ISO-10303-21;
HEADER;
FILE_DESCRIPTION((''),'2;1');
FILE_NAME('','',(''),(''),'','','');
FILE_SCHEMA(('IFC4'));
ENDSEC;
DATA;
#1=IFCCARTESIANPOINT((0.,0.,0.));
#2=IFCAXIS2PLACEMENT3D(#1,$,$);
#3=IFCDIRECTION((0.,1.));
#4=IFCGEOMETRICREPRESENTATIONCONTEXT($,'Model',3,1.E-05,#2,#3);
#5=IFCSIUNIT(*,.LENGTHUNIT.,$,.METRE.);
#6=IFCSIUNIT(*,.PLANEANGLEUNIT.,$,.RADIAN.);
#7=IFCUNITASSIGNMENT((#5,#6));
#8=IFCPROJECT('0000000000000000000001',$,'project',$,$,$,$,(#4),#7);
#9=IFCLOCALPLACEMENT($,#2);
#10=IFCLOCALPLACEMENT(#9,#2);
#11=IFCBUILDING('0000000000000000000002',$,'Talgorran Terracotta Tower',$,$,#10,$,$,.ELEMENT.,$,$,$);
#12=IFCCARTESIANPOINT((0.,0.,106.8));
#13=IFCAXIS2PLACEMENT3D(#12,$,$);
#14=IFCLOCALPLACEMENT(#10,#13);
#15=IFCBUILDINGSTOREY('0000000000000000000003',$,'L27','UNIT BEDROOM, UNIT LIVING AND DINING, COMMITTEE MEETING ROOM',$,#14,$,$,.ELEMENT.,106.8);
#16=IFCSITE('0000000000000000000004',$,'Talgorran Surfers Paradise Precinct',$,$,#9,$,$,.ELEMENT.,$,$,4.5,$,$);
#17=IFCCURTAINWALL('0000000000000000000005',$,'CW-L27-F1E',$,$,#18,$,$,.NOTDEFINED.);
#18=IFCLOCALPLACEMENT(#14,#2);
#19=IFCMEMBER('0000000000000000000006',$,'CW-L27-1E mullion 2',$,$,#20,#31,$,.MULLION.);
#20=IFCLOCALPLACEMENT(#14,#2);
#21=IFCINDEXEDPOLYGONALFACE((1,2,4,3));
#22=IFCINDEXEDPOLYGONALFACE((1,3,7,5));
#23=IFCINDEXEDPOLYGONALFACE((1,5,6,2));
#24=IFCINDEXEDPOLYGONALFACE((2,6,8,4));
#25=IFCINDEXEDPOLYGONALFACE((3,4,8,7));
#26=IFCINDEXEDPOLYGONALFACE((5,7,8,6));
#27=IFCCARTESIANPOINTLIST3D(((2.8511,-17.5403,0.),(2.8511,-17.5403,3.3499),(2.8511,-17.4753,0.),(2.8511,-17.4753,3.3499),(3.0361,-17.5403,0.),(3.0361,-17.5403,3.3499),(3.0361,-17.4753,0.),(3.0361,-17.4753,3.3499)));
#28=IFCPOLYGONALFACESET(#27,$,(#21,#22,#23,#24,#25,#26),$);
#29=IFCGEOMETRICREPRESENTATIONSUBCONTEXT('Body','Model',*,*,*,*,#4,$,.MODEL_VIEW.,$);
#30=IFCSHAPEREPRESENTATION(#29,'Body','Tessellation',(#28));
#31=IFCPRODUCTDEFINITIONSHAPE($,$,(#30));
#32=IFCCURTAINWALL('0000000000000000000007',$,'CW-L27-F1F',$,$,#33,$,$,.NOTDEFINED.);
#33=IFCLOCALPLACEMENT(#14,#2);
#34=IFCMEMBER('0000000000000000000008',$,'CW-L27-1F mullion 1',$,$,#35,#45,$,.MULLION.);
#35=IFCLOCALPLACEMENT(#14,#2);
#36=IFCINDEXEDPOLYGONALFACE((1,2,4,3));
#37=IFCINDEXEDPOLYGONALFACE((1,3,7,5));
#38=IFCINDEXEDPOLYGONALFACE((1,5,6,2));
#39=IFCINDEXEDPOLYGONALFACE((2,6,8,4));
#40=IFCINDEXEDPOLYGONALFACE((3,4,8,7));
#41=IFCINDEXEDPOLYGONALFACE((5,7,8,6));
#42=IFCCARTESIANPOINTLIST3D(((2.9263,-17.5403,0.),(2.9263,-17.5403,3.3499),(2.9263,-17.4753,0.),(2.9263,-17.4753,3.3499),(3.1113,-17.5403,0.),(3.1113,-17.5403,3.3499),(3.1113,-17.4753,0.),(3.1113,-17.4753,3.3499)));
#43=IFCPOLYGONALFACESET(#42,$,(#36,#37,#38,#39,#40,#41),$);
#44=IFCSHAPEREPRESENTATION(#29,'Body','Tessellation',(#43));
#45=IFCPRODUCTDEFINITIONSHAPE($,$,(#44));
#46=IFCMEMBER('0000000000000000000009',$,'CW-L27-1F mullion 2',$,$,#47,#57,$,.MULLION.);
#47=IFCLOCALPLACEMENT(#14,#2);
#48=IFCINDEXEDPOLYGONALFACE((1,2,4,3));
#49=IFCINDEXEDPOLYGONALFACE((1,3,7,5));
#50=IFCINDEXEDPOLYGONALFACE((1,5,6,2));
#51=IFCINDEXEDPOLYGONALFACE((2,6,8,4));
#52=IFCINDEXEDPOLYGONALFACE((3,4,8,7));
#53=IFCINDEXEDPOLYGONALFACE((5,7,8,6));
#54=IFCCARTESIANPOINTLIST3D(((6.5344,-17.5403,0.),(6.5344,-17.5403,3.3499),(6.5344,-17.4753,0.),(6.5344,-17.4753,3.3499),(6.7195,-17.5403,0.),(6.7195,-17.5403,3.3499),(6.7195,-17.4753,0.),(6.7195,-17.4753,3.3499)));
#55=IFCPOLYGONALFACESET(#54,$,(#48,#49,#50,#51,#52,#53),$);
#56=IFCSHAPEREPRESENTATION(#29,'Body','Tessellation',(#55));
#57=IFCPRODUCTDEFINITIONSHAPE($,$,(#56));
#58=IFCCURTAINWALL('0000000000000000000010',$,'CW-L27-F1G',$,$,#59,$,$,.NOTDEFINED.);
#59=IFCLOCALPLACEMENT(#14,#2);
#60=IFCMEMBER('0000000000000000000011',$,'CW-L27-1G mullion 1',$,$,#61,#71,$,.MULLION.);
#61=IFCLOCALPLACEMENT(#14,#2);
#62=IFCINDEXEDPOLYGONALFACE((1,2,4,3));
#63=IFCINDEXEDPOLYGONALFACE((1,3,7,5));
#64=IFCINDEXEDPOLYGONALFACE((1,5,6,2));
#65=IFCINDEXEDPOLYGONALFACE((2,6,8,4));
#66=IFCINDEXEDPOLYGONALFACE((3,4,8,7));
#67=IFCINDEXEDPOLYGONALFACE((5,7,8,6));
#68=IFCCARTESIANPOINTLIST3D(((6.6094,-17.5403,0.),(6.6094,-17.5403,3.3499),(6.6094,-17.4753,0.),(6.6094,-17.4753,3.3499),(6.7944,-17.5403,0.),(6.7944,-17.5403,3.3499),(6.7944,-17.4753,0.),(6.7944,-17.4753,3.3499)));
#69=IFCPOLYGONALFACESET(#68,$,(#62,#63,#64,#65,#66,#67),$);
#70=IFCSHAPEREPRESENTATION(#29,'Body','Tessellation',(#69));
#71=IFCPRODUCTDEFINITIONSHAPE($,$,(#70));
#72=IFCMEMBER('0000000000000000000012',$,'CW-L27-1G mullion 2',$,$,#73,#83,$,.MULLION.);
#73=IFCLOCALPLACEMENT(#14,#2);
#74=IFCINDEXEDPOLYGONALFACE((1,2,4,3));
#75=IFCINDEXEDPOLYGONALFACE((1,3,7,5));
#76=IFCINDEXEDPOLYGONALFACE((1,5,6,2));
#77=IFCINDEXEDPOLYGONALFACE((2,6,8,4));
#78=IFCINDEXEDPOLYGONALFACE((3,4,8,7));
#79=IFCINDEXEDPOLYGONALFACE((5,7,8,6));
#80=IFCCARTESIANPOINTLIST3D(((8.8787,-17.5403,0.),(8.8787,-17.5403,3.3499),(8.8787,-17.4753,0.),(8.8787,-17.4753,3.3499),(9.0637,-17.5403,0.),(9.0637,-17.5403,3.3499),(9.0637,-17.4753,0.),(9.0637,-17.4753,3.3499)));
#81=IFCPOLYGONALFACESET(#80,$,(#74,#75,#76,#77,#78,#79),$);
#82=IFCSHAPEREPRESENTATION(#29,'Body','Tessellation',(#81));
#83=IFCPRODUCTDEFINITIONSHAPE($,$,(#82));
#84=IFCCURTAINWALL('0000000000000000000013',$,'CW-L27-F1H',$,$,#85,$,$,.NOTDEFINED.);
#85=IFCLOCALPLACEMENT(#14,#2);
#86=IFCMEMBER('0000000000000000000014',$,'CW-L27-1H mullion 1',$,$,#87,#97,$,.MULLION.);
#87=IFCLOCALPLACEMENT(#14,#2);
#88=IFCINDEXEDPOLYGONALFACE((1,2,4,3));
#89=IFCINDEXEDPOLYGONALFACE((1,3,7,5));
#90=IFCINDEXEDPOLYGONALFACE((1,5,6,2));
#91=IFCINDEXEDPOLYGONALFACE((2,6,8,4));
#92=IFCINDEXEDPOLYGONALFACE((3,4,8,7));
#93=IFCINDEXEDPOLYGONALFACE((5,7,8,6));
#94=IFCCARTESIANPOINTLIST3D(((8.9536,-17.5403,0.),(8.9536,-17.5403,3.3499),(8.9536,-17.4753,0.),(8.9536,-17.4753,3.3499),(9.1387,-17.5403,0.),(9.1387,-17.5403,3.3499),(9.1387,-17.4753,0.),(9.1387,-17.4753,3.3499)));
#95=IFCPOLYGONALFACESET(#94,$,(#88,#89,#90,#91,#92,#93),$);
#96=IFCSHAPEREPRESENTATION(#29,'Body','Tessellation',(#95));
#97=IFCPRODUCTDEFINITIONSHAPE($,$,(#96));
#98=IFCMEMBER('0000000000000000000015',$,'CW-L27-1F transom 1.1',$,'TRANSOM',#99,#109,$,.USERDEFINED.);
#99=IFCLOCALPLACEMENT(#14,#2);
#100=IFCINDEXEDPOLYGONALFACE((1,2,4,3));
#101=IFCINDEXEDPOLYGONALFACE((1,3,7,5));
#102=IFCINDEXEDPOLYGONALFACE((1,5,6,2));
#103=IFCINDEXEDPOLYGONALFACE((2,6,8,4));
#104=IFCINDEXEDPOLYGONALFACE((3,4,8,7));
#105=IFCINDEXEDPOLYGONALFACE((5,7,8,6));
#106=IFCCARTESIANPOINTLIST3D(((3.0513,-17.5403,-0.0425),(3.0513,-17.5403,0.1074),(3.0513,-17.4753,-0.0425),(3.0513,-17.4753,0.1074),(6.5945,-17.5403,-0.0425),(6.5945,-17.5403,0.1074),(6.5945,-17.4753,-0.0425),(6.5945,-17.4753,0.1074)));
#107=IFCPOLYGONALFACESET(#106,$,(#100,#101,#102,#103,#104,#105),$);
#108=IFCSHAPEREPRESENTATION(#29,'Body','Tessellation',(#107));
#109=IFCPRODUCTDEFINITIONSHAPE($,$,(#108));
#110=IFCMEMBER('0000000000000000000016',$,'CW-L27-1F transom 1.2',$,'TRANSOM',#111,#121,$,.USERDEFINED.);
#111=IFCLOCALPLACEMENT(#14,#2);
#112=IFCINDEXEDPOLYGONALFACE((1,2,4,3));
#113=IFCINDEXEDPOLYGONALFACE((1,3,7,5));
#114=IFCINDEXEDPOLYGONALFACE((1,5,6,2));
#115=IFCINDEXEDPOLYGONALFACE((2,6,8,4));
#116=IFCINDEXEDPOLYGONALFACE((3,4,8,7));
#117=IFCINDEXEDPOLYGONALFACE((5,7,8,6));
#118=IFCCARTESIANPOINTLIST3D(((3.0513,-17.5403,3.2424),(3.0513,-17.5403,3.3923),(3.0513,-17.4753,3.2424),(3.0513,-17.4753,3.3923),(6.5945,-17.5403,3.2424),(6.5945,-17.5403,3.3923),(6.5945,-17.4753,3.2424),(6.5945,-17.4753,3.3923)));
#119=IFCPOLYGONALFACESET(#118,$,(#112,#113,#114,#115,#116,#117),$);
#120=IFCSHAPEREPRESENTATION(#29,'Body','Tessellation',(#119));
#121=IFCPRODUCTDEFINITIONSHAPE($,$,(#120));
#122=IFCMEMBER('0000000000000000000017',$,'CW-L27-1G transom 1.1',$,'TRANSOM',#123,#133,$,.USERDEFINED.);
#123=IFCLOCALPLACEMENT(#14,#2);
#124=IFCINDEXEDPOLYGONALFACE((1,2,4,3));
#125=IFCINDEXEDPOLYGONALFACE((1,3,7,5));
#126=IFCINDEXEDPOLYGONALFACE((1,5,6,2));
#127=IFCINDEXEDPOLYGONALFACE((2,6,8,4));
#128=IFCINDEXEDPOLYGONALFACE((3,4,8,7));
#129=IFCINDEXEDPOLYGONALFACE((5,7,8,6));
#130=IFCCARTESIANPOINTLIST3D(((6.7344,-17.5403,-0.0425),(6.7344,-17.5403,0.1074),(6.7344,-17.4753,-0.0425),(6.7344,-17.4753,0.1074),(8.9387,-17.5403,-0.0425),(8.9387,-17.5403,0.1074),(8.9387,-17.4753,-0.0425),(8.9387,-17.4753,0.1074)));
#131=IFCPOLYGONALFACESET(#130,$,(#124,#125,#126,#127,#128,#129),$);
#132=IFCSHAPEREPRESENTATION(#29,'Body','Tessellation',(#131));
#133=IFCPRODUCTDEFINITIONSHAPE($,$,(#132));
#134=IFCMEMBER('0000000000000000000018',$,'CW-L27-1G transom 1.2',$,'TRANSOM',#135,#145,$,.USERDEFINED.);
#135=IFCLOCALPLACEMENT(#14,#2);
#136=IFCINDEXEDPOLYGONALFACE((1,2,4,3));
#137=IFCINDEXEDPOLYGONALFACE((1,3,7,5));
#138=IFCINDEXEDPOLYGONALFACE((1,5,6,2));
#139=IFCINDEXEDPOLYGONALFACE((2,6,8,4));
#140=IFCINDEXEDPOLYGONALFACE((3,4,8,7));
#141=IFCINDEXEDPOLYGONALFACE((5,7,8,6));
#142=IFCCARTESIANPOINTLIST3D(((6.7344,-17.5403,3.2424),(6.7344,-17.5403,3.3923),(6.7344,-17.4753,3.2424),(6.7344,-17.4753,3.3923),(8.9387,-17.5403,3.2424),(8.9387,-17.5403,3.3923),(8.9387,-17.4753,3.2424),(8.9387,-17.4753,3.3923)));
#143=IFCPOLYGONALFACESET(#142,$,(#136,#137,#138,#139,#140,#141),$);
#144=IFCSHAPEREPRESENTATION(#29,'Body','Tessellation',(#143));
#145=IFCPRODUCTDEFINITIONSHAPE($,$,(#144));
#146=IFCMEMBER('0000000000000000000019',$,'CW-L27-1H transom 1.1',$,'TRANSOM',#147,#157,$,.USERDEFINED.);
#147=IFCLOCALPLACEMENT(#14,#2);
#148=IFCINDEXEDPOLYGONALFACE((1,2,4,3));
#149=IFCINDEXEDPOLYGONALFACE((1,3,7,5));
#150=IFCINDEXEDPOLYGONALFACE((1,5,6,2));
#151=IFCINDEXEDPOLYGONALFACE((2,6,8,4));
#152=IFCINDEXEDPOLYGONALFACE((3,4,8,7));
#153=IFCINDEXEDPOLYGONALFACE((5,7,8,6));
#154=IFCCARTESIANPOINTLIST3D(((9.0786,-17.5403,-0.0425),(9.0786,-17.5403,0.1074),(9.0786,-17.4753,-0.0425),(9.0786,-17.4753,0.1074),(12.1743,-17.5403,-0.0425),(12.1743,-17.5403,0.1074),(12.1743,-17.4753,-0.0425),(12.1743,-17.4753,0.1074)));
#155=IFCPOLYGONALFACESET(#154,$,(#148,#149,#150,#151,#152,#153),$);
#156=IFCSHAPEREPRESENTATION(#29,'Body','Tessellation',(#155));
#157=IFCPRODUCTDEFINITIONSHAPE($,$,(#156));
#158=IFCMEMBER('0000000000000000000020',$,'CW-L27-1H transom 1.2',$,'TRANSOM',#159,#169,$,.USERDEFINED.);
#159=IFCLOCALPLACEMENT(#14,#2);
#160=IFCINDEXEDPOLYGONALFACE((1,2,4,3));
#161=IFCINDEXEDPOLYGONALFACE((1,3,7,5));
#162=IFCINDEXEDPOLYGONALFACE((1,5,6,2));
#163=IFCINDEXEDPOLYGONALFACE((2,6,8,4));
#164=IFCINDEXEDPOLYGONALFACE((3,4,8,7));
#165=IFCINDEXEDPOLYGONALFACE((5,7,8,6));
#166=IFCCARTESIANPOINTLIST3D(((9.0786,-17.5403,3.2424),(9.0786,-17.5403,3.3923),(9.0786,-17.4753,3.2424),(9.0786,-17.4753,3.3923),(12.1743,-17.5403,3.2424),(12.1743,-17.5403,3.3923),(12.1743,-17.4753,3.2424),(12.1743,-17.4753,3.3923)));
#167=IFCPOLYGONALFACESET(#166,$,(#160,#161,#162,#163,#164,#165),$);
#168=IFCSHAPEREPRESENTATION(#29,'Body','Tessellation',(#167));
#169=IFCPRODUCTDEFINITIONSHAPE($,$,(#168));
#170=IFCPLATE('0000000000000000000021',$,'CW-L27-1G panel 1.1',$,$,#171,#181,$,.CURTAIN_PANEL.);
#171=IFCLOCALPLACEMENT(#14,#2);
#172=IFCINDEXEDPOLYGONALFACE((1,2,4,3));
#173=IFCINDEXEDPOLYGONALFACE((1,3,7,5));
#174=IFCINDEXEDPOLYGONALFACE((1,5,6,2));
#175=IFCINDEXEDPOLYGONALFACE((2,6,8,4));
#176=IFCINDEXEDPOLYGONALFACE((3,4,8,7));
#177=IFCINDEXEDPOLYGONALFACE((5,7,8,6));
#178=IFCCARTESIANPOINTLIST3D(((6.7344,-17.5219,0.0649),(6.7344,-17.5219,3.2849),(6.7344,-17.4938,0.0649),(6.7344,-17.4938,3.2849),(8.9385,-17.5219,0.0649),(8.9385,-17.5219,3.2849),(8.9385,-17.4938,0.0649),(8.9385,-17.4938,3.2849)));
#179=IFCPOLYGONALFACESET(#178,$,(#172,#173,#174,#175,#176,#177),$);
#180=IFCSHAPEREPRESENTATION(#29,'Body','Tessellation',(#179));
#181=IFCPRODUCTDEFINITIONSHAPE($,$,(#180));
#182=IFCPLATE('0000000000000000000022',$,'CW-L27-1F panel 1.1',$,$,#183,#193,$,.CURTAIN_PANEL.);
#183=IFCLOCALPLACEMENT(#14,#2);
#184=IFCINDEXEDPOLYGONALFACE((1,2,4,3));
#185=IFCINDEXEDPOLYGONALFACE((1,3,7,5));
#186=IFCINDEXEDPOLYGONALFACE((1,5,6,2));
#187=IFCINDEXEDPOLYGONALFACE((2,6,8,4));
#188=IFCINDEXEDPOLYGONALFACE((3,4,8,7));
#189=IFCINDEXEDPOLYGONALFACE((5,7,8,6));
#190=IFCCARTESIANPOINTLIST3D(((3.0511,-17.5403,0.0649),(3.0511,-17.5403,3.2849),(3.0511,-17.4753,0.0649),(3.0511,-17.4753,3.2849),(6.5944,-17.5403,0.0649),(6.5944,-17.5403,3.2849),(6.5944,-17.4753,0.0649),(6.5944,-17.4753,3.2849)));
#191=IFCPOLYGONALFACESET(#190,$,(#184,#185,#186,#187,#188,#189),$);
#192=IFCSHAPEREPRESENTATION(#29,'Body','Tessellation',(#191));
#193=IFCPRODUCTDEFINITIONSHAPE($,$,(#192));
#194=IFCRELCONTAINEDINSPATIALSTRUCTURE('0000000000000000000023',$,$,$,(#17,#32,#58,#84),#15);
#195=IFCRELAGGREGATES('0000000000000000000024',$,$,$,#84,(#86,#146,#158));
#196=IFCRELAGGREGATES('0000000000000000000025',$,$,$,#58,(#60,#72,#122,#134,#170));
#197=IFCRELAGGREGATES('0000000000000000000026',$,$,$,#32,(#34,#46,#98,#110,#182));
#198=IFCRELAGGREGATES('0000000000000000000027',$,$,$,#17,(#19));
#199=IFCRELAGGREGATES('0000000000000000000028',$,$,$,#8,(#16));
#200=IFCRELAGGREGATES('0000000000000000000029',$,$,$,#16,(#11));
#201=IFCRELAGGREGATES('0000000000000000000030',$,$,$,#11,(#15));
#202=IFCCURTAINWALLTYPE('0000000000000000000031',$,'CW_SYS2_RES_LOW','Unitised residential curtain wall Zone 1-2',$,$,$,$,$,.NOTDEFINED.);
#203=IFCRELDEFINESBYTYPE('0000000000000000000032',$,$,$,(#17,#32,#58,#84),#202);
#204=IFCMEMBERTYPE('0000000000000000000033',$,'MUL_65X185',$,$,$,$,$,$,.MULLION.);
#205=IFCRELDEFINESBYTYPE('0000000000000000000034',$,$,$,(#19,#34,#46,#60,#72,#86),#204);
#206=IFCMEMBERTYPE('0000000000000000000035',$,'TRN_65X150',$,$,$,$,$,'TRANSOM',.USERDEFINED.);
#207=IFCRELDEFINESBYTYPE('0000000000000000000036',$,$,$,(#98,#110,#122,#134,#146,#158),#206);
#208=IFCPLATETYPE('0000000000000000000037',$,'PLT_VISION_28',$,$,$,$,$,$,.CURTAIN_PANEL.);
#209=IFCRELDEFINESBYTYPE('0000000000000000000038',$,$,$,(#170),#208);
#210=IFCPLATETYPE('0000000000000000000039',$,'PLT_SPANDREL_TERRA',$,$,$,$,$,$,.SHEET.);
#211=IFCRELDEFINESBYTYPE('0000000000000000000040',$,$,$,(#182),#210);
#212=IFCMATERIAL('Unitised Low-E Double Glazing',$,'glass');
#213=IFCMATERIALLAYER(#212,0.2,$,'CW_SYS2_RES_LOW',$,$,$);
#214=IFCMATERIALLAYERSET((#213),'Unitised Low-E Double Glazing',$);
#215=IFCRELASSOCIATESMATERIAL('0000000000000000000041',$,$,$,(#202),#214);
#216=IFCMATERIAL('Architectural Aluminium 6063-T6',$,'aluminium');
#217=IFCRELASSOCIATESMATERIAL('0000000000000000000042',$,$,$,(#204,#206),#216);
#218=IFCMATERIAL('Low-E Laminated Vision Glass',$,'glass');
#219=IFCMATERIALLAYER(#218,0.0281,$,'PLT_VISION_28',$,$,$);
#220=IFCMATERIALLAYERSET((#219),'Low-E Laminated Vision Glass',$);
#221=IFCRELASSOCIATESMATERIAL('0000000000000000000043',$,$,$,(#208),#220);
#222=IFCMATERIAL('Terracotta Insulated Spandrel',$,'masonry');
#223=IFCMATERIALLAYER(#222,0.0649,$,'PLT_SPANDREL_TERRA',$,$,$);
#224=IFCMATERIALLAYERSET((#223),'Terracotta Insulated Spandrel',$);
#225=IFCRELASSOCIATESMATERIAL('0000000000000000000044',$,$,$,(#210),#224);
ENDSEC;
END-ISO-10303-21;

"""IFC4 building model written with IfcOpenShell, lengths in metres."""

from ifc_helpers import new_model, si_unit, direction, frame, origin, origin_2d, place, context, subcontext, project, spatial, rectangle, extrude, source, transform, mapped, material, layer, layer_set, material_profile, profile_set, type_object, type_shapes, element, aggregate, save


model = new_model("IFC4")

# Units and contexts
model_context = context("Model", 3, precision=1e-05, world=origin(), true_north=direction((0.0, 1.0)))
body_context = subcontext(model_context, "Body", "Model", "MODEL_VIEW")
ifc_project = project(units=[si_unit("LENGTHUNIT", "METRE"), si_unit("PLANEANGLEUNIT", "RADIAN")], contexts=[model_context])

# Site, building, storey
site_placement = place(None, origin())
site = spatial("IfcSite", under=ifc_project, at=site_placement, Name="Talgorran Surfers Paradise Precinct", CompositionType="ELEMENT", RefElevation=4.5)
building_placement = place(site_placement, origin())
building = spatial("IfcBuilding", under=site, at=building_placement, Name="Talgorran Terracotta Tower", CompositionType="ELEMENT")
storey_placement = place(building_placement, frame((0.0, 0.0, 106.8)))
storey = spatial("IfcBuildingStorey", under=building, at=storey_placement, Name="L27", Description="UNIT BEDROOM, UNIT LIVING AND DINING, COMMITTEE MEETING ROOM", CompositionType="ELEMENT", Elevation=106.8)

# Curtain wall, member
ifc_material_1 = material(Name="Unitised Low-E Double Glazing", Category="glass")
ifc_layer_1 = layer(ifc_material_1, 0.2, Name="CW_SYS2_RES_LOW")
ifc_layer_set_1 = layer_set([ifc_layer_1], Name="Unitised Low-E Double Glazing")
curtain_wall_type = type_object("IfcCurtainWallType", Name="CW_SYS2_RES_LOW", Description="Unitised residential curtain wall Zone 1-2", PredefinedType="NOTDEFINED", material=ifc_layer_set_1)
curtain_wall_1_placement = place(storey_placement, origin())
curtain_wall_1 = element("IfcCurtainWall", 1, at=curtain_wall_1_placement, inside=storey, type_object=curtain_wall_type, Name="CW-L27-F1E", PredefinedType="NOTDEFINED")
ifc_material_2 = material(Name="Architectural Aluminium 6063-T6", Category="aluminium")
ifc_material_profile_1 = material_profile(ifc_material_2, rectangle(XDim=0.0649, YDim=0.1851, at=origin_2d()), Name="CWM65X185")
ifc_profile_set_1 = profile_set([ifc_material_profile_1], Name="Architectural Aluminium 6063-T6")
member_type_1 = type_object("IfcMemberType", Name="MUL_65X185", PredefinedType="MULLION", material=ifc_profile_set_1)
member_1_placement = place(storey_placement, frame((2.9436, -17.5078, 0.0), z_axis=(0.0, 0.0, 1.0), x_axis=(0.0, 1.0, 0.0)))
member_1 = element("IfcMember", 2, at=member_1_placement, type_object=member_type_1, Name="CW-L27-1E mullion 2", PredefinedType="MULLION", context=body_context, shape_type="SweptSolid", body=[
    extrude(rectangle(XDim=0.0649, YDim=0.1851, at=origin_2d()), origin(), (0.0, 0.0, 1.0), 3.3499),
])

# Curtain walls, members
curtain_wall_2_placement = place(storey_placement, origin())
curtain_wall_2 = element("IfcCurtainWall", 3, at=curtain_wall_2_placement, inside=storey, type_object=curtain_wall_type, Name="CW-L27-F1F", PredefinedType="NOTDEFINED")
member_2_placement = place(storey_placement, frame((3.0188, -17.5078, 0.0), z_axis=(0.0, 0.0, 1.0), x_axis=(0.0, 1.0, 0.0)))
member_2 = element("IfcMember", 4, at=member_2_placement, type_object=member_type_1, Name="CW-L27-1F mullion 1", PredefinedType="MULLION", context=body_context, shape_type="SweptSolid", body=[
    extrude(rectangle(XDim=0.0649, YDim=0.1851, at=origin_2d()), origin(), (0.0, 0.0, 1.0), 3.3499),
])
member_3_placement = place(storey_placement, frame((6.627, -17.5078, 0.0), z_axis=(0.0, 0.0, 1.0), x_axis=(0.0, 1.0, 0.0)))
member_3 = element("IfcMember", 5, at=member_3_placement, type_object=member_type_1, Name="CW-L27-1F mullion 2", PredefinedType="MULLION", context=body_context, shape_type="SweptSolid", body=[
    extrude(rectangle(XDim=0.0649, YDim=0.1851, at=origin_2d()), origin(), (0.0, 0.0, 1.0), 3.3499),
])
curtain_wall_3_placement = place(storey_placement, origin())
curtain_wall_3 = element("IfcCurtainWall", 6, at=curtain_wall_3_placement, inside=storey, type_object=curtain_wall_type, Name="CW-L27-F1G", PredefinedType="NOTDEFINED")
member_4_placement = place(storey_placement, frame((6.7019, -17.5078, 0.0), z_axis=(0.0, 0.0, 1.0), x_axis=(0.0, 1.0, 0.0)))
member_4 = element("IfcMember", 7, at=member_4_placement, type_object=member_type_1, Name="CW-L27-1G mullion 1", PredefinedType="MULLION", context=body_context, shape_type="SweptSolid", body=[
    extrude(rectangle(XDim=0.0649, YDim=0.1851, at=origin_2d()), origin(), (0.0, 0.0, 1.0), 3.3499),
])
member_5_placement = place(storey_placement, frame((8.9712, -17.5078, 0.0), z_axis=(0.0, 0.0, 1.0), x_axis=(0.0, 1.0, 0.0)))
member_5 = element("IfcMember", 8, at=member_5_placement, type_object=member_type_1, Name="CW-L27-1G mullion 2", PredefinedType="MULLION", context=body_context, shape_type="SweptSolid", body=[
    extrude(rectangle(XDim=0.0649, YDim=0.1851, at=origin_2d()), origin(), (0.0, 0.0, 1.0), 3.3499),
])

# Curtain wall, member
curtain_wall_4_placement = place(storey_placement, origin())
curtain_wall_4 = element("IfcCurtainWall", 9, at=curtain_wall_4_placement, inside=storey, type_object=curtain_wall_type, Name="CW-L27-F1H", PredefinedType="NOTDEFINED")
member_6_placement = place(storey_placement, frame((9.0461, -17.5078, 0.0), z_axis=(0.0, 0.0, 1.0), x_axis=(0.0, 1.0, 0.0)))
member_6 = element("IfcMember", 10, at=member_6_placement, type_object=member_type_1, Name="CW-L27-1H mullion 1", PredefinedType="MULLION", context=body_context, shape_type="SweptSolid", body=[
    extrude(rectangle(XDim=0.0649, YDim=0.1851, at=origin_2d()), origin(), (0.0, 0.0, 1.0), 3.3499),
])

# Members
ifc_material_profile_2 = material_profile(ifc_material_2, rectangle(XDim=0.0649, YDim=0.1499, at=origin_2d()), Name="CWT65X150")
ifc_profile_set_2 = profile_set([ifc_material_profile_2], Name="Architectural Aluminium 6063-T6")
member_type_2 = type_object("IfcMemberType", Name="TRN_65X150", ElementType="TRANSOM", PredefinedType="USERDEFINED", material=ifc_profile_set_2)
member_7_placement = place(storey_placement, frame((3.0513, -17.5078, 0.0325), z_axis=(1.0, 0.0, 0.0), x_axis=(0.0, 1.0, 0.0)))
member_7 = element("IfcMember", 11, at=member_7_placement, type_object=member_type_2, Name="CW-L27-1F transom 1.1", ObjectType="TRANSOM", PredefinedType="USERDEFINED", context=body_context, shape_type="SweptSolid", body=[
    extrude(rectangle(XDim=0.0649, YDim=0.1499, at=origin_2d()), origin(), (0.0, 0.0, 1.0), 3.5432),
])
member_8_placement = place(storey_placement, frame((3.0513, -17.5078, 3.3174), z_axis=(1.0, 0.0, 0.0), x_axis=(0.0, 1.0, 0.0)))
member_8 = element("IfcMember", 12, at=member_8_placement, type_object=member_type_2, Name="CW-L27-1F transom 1.2", ObjectType="TRANSOM", PredefinedType="USERDEFINED", context=body_context, shape_type="SweptSolid", body=[
    extrude(rectangle(XDim=0.0649, YDim=0.1499, at=origin_2d()), origin(), (0.0, 0.0, 1.0), 3.5432),
])
member_9_placement = place(storey_placement, frame((6.7344, -17.5078, 0.0325), z_axis=(1.0, 0.0, 0.0), x_axis=(0.0, 1.0, 0.0)))
member_9 = element("IfcMember", 13, at=member_9_placement, type_object=member_type_2, Name="CW-L27-1G transom 1.1", ObjectType="TRANSOM", PredefinedType="USERDEFINED", context=body_context, shape_type="SweptSolid", body=[
    extrude(rectangle(XDim=0.0649, YDim=0.1499, at=origin_2d()), origin(), (0.0, 0.0, 1.0), 2.2043),
])
member_10_placement = place(storey_placement, frame((6.7344, -17.5078, 3.3174), z_axis=(1.0, 0.0, 0.0), x_axis=(0.0, 1.0, 0.0)))
member_10 = element("IfcMember", 14, at=member_10_placement, type_object=member_type_2, Name="CW-L27-1G transom 1.2", ObjectType="TRANSOM", PredefinedType="USERDEFINED", context=body_context, shape_type="SweptSolid", body=[
    extrude(rectangle(XDim=0.0649, YDim=0.1499, at=origin_2d()), origin(), (0.0, 0.0, 1.0), 2.2043),
])
member_11_placement = place(storey_placement, frame((9.0786, -17.5078, 0.0325), z_axis=(1.0, 0.0, 0.0), x_axis=(0.0, 1.0, 0.0)))
member_11 = element("IfcMember", 15, at=member_11_placement, type_object=member_type_2, Name="CW-L27-1H transom 1.1", ObjectType="TRANSOM", PredefinedType="USERDEFINED", context=body_context, shape_type="SweptSolid", body=[
    extrude(rectangle(XDim=0.0649, YDim=0.1499, at=origin_2d()), origin(), (0.0, 0.0, 1.0), 3.0957),
])
member_12_placement = place(storey_placement, frame((9.0786, -17.5078, 3.3174), z_axis=(1.0, 0.0, 0.0), x_axis=(0.0, 1.0, 0.0)))
member_12 = element("IfcMember", 16, at=member_12_placement, type_object=member_type_2, Name="CW-L27-1H transom 1.2", ObjectType="TRANSOM", PredefinedType="USERDEFINED", context=body_context, shape_type="SweptSolid", body=[
    extrude(rectangle(XDim=0.0649, YDim=0.1499, at=origin_2d()), origin(), (0.0, 0.0, 1.0), 3.0957),
])
aggregate(curtain_wall_4, [member_6, member_11, member_12])

# Plates
ifc_material_3 = material(Name="Low-E Laminated Vision Glass", Category="glass")
ifc_layer_2 = layer(ifc_material_3, 0.0281, Name="PLT_VISION_28")
ifc_layer_set_2 = layer_set([ifc_layer_2], Name="Low-E Laminated Vision Glass")
plate_type_1 = type_object("IfcPlateType", Name="PLT_VISION_28", PredefinedType="CURTAIN_PANEL", material=ifc_layer_set_2)
shared_shape_1 = source(origin(), body_context, "Body", "SweptSolid", [
    extrude(rectangle(XDim=2.2041, YDim=0.0281, at=origin_2d()), origin(), (0.0, 0.0, 1.0), 3.22),
])
plate_1_placement = place(storey_placement, frame((7.8364, -17.5078, 0.0649), z_axis=(0.0, 0.0, 1.0), x_axis=(1.0, 0.0, 0.0)))
plate_1 = element("IfcPlate", 17, at=plate_1_placement, type_object=plate_type_1, Name="CW-L27-1G panel 1.1", PredefinedType="CURTAIN_PANEL", context=body_context, shape_type="MappedRepresentation", body=[
    mapped(shared_shape_1, transform((0.0, 0.0, 0.0), scale=1.0)),
])
aggregate(curtain_wall_3, [member_4, member_5, member_9, member_10, plate_1])
ifc_material_4 = material(Name="Terracotta Insulated Spandrel", Category="masonry")
ifc_layer_3 = layer(ifc_material_4, 0.0649, Name="PLT_SPANDREL_TERRA")
ifc_layer_set_3 = layer_set([ifc_layer_3], Name="Terracotta Insulated Spandrel")
plate_type_2 = type_object("IfcPlateType", Name="PLT_SPANDREL_TERRA", PredefinedType="SHEET", material=ifc_layer_set_3)
shared_shape_2 = source(origin(), body_context, "Body", "SweptSolid", [
    extrude(rectangle(XDim=3.5432, YDim=0.0649, at=origin_2d()), origin(), (0.0, 0.0, 1.0), 3.22),
])
type_shapes(plate_type_2, [shared_shape_2])
plate_2_placement = place(storey_placement, frame((4.8228, -17.5078, 0.0649), z_axis=(0.0, 0.0, 1.0), x_axis=(1.0, 0.0, 0.0)))
plate_2 = element("IfcPlate", 18, at=plate_2_placement, type_object=plate_type_2, Name="CW-L27-1F panel 1.1", PredefinedType="CURTAIN_PANEL", context=body_context, shape_type="MappedRepresentation", body=[
    mapped(shared_shape_2, transform((0.0, 0.0, 0.0), scale=1.0)),
])
aggregate(curtain_wall_2, [member_2, member_3, member_7, member_8, plate_2])
aggregate(curtain_wall_1, [member_1])

save(model, "model.ifc")
